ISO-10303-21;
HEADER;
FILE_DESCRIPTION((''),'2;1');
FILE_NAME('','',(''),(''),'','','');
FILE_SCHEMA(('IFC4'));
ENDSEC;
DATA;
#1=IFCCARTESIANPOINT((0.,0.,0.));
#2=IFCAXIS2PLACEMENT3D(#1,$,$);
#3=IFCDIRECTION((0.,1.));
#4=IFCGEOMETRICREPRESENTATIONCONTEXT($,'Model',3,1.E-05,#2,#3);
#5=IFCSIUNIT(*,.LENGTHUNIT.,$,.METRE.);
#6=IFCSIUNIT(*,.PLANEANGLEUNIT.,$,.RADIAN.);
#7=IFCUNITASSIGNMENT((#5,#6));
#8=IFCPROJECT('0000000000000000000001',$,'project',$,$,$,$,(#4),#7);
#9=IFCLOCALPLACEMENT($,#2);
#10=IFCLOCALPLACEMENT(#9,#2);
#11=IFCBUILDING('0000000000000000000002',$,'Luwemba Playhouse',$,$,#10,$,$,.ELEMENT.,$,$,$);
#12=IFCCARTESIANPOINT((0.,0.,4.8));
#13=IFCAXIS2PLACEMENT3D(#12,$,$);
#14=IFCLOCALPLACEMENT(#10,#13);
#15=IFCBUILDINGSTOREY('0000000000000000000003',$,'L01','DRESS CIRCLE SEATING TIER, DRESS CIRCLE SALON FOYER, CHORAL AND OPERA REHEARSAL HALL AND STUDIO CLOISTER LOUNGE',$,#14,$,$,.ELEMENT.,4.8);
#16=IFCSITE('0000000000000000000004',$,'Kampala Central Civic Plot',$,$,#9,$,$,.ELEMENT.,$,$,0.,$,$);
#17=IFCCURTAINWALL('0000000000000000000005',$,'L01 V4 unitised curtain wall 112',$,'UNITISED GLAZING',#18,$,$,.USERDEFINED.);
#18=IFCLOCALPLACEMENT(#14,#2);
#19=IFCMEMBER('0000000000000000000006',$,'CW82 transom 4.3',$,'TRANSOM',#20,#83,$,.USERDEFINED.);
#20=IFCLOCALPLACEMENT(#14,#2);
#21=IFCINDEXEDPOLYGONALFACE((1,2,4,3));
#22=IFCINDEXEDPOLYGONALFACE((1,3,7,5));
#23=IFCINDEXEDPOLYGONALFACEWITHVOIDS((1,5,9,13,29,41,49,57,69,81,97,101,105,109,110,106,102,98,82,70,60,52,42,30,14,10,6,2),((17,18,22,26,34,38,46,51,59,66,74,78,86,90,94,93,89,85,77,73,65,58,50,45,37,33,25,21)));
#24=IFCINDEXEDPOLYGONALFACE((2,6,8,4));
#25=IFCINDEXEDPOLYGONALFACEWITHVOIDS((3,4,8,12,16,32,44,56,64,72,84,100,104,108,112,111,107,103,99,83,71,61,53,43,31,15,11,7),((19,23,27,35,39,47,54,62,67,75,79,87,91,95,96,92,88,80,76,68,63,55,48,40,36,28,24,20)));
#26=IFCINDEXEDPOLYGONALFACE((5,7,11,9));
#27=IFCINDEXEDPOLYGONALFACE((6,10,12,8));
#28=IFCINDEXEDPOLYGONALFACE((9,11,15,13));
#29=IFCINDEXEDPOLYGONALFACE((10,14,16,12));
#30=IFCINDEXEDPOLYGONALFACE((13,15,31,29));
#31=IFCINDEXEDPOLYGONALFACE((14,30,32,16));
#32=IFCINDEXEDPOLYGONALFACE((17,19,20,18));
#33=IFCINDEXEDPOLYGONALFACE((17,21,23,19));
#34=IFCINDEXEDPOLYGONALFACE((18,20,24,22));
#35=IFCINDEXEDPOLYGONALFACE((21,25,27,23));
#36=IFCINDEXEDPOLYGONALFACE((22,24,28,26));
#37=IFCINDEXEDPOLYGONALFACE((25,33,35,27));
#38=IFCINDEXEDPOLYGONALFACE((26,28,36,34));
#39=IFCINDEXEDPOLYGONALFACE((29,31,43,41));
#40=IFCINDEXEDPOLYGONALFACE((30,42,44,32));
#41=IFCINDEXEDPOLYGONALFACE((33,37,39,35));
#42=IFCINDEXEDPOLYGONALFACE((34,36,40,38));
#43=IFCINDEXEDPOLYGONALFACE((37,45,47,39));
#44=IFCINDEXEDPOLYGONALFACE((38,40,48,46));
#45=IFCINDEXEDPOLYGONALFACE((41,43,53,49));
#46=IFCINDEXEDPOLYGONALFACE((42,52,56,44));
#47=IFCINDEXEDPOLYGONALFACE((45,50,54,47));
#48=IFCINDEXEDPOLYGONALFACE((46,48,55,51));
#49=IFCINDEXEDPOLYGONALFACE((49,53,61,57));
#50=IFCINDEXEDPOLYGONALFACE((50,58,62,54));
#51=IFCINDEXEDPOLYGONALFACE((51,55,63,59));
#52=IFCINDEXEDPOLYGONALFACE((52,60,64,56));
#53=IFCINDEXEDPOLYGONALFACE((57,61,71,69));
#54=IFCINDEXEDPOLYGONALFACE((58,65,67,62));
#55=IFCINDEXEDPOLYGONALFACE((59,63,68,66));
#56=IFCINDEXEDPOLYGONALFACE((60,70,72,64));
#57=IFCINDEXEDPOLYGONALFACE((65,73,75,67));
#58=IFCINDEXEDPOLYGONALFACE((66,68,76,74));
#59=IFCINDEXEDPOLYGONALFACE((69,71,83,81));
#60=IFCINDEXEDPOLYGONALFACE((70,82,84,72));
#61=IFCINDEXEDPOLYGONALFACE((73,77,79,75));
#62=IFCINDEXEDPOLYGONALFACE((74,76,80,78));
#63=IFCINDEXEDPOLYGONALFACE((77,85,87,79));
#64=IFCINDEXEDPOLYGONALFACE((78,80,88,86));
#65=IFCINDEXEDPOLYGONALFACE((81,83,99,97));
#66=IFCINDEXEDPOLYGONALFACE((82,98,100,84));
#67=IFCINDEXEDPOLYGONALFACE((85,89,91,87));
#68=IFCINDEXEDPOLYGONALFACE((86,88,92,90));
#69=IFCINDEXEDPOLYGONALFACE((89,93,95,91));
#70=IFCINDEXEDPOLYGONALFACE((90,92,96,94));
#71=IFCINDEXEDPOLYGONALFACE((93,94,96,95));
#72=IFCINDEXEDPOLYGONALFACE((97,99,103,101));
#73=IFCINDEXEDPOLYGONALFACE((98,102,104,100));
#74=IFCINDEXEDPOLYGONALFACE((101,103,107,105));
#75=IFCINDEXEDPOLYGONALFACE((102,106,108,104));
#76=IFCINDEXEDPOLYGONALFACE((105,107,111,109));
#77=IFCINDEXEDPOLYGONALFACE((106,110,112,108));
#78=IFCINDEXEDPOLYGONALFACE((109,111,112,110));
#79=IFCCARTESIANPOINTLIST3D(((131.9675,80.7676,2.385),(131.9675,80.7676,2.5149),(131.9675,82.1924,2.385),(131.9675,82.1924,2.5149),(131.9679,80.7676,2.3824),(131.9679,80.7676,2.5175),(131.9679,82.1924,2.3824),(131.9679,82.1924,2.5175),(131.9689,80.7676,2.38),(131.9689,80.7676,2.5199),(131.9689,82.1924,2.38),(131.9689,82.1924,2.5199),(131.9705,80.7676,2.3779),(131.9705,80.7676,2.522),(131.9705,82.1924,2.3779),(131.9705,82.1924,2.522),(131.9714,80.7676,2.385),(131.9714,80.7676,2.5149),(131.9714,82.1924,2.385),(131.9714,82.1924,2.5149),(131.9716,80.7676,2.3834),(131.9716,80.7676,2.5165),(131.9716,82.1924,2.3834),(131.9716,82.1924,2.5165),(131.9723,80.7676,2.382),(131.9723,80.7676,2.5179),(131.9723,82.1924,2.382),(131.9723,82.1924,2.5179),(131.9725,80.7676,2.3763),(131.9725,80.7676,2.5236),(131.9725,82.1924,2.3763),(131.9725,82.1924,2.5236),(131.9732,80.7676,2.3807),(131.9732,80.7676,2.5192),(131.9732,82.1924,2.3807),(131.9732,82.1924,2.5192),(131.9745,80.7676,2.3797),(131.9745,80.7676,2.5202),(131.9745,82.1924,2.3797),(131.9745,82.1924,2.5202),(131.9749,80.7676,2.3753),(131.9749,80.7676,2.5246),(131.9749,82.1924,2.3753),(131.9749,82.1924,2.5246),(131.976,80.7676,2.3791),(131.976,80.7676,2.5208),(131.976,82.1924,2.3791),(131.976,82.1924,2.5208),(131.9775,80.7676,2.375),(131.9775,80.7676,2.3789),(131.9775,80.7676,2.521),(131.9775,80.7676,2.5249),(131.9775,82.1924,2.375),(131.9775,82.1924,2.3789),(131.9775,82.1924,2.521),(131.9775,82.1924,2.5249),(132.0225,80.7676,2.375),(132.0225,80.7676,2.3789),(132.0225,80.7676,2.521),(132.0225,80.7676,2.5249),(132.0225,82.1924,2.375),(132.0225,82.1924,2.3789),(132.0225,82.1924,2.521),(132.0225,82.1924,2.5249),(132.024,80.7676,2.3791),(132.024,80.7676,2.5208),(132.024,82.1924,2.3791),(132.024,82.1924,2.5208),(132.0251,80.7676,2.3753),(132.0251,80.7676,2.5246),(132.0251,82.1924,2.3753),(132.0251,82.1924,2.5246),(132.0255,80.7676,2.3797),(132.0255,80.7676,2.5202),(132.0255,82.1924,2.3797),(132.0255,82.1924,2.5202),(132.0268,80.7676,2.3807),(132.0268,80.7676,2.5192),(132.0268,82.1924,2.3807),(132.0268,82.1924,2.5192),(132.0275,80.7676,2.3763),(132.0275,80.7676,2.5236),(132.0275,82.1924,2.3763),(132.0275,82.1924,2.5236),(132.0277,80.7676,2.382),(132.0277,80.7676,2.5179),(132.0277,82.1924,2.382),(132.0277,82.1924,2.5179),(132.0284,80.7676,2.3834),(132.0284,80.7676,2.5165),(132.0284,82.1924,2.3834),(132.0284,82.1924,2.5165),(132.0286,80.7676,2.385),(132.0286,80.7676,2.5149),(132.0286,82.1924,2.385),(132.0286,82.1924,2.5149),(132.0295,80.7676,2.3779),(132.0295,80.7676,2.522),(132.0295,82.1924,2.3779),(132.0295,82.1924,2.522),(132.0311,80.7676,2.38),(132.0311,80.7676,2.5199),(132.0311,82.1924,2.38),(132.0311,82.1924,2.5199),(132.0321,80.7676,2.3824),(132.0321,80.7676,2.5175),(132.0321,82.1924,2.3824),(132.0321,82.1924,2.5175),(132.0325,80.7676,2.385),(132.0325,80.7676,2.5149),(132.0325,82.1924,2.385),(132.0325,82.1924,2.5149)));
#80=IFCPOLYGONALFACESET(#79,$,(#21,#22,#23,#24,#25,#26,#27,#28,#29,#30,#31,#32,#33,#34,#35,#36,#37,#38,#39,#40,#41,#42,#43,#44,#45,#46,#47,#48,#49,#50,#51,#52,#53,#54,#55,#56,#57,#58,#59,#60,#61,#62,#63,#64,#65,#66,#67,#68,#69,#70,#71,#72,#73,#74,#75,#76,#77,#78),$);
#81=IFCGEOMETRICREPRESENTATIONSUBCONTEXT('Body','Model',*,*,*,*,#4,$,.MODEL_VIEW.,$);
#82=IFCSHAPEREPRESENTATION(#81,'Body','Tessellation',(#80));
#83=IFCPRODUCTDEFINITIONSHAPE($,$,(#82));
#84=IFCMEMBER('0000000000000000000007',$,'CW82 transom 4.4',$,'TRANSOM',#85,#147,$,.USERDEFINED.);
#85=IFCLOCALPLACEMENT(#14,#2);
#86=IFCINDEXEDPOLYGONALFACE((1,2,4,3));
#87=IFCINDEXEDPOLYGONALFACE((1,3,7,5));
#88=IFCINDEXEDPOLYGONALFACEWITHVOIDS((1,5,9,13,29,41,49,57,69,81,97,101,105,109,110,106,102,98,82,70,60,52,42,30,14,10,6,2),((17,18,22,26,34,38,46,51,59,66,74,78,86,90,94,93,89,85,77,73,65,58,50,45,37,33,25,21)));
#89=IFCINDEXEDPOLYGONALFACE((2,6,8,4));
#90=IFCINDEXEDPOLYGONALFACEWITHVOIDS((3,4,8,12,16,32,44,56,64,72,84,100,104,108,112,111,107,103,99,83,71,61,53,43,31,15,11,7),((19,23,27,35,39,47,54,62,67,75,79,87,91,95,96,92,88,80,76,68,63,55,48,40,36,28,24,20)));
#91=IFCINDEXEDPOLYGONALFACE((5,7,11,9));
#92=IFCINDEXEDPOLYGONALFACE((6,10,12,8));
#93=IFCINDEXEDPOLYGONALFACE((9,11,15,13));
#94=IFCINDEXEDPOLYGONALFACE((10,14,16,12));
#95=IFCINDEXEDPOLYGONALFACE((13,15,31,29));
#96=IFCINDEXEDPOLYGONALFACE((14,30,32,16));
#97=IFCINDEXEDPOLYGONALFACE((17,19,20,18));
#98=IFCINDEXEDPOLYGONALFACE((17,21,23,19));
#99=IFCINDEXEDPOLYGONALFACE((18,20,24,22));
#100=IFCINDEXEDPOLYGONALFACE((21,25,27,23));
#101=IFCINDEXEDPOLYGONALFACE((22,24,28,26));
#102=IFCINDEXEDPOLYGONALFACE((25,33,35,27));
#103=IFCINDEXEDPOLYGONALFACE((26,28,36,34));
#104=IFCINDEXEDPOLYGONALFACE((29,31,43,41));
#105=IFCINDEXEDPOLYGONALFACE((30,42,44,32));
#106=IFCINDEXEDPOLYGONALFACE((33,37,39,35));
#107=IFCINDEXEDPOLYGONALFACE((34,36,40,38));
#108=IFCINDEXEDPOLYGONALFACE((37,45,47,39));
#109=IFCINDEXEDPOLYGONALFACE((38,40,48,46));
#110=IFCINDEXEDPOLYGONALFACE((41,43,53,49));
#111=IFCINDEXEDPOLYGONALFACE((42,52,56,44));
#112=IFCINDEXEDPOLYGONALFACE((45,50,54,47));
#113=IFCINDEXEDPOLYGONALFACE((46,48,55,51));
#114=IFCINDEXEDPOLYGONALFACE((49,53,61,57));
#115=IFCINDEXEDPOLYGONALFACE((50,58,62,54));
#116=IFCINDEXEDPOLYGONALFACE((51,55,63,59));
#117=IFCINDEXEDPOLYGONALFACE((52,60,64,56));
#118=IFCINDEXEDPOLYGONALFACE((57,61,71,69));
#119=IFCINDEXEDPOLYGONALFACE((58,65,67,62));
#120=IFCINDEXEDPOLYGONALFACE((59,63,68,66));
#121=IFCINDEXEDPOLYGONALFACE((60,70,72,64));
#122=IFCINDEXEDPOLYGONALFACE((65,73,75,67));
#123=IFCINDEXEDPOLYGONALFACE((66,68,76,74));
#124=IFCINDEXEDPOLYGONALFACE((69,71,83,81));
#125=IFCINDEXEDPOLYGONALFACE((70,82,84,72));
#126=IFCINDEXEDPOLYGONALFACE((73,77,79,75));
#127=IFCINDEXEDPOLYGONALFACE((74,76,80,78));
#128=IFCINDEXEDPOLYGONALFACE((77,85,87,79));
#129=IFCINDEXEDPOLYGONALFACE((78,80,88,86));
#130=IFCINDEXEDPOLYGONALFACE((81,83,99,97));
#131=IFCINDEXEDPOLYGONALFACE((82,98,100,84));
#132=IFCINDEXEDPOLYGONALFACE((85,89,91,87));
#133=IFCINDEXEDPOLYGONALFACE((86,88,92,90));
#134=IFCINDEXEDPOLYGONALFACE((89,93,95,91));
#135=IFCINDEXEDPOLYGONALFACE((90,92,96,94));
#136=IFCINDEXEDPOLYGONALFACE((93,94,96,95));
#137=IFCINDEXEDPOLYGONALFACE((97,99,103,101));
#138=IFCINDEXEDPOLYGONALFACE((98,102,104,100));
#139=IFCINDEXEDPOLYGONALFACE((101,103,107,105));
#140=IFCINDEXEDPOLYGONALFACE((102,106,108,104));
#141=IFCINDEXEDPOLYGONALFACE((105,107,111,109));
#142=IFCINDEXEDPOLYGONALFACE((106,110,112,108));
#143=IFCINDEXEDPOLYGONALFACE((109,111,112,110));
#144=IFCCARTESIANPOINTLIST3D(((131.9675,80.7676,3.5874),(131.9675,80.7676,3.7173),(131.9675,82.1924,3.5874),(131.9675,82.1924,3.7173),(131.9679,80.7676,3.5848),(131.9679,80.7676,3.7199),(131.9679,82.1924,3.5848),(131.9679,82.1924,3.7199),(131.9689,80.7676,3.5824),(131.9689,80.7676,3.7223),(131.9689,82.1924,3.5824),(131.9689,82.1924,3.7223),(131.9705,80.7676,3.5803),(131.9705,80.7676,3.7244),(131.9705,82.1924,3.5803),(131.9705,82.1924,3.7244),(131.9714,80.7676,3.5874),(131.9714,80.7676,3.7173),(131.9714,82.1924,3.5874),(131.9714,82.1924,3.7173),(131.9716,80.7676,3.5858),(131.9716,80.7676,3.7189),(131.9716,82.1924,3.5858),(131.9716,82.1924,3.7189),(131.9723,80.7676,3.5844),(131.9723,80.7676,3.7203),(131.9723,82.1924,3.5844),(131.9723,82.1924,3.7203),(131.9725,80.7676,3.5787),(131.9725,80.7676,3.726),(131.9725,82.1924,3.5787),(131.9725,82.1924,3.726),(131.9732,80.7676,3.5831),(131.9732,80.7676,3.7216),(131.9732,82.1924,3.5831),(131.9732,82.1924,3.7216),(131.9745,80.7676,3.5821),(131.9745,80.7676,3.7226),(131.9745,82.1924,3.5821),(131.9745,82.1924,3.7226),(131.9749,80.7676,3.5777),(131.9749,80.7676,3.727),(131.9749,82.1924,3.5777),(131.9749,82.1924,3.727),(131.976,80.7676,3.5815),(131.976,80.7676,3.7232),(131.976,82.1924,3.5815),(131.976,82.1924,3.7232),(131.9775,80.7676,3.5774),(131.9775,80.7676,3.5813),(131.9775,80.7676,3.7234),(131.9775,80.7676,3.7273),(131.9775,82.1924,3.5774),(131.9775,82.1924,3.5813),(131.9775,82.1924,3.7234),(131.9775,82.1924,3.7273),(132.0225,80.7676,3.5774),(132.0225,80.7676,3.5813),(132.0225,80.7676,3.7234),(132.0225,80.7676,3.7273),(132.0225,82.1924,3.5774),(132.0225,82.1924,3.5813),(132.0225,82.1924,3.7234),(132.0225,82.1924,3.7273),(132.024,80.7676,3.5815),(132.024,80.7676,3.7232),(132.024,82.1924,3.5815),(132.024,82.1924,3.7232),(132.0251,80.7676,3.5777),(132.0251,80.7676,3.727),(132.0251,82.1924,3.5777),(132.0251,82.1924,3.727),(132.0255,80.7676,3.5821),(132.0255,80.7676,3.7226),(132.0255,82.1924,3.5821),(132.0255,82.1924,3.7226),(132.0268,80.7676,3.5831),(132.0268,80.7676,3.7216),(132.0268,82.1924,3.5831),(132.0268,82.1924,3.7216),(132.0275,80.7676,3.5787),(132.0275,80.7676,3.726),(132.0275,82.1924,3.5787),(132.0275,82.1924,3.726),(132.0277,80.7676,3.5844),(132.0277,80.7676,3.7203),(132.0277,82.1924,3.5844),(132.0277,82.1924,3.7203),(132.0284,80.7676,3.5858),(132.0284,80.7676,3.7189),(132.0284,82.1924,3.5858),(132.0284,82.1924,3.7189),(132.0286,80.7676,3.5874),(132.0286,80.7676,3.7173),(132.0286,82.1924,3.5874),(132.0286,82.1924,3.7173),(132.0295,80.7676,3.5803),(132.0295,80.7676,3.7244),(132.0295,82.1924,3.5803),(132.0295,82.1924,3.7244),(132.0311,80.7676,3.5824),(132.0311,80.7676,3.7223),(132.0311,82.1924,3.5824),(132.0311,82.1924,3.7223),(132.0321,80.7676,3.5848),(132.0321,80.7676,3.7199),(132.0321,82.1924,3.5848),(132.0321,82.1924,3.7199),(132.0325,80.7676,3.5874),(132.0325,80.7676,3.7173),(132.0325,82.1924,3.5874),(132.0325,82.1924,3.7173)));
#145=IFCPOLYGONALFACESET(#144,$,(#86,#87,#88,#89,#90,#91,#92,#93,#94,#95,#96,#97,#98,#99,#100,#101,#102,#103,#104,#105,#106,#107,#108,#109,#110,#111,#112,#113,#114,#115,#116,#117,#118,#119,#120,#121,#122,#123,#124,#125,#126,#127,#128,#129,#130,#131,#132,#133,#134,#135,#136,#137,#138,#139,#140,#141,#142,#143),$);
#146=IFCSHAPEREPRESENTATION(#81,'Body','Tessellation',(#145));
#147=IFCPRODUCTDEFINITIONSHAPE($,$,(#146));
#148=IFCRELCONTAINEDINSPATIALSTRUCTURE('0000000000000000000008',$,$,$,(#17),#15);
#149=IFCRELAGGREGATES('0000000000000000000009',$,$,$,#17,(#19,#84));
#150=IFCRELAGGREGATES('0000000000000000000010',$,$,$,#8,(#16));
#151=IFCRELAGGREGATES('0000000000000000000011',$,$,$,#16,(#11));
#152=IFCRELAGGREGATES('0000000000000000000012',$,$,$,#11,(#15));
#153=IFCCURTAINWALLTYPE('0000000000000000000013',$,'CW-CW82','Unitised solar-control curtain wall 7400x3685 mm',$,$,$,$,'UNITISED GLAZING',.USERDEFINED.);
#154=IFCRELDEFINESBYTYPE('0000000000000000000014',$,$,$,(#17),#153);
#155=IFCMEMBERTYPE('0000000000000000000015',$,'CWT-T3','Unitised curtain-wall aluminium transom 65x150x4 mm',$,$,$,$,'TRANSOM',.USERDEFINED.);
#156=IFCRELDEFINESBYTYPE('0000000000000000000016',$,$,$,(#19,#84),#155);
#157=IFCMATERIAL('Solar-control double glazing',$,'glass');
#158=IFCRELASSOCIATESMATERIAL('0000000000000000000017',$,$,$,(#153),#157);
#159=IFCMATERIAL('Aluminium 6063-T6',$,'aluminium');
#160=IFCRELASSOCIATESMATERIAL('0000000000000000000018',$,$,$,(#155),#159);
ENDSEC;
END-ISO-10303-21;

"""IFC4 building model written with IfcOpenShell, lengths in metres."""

from ifc_helpers import new_model, si_unit, direction, frame, origin, origin_2d, place, context, subcontext, project, spatial, hollow_rectangle, extrude, material, material_profile, profile_set, type_object, element, aggregate, save


model = new_model("IFC4")

# Units and contexts
model_context = context("Model", 3, precision=1e-05, world=origin(), true_north=direction((0.0, 1.0)))
body_context = subcontext(model_context, "Body", "Model", "MODEL_VIEW")
ifc_project = project(units=[si_unit("LENGTHUNIT", "METRE"), si_unit("PLANEANGLEUNIT", "RADIAN")], contexts=[model_context])

# Site, building, storey
site_placement = place(None, origin())
site = spatial("IfcSite", under=ifc_project, at=site_placement, Name="Kampala Central Civic Plot", CompositionType="ELEMENT", RefElevation=0.0)
building_placement = place(site_placement, origin())
building = spatial("IfcBuilding", under=site, at=building_placement, Name="Luwemba Playhouse", CompositionType="ELEMENT")
storey_placement = place(building_placement, frame((0.0, 0.0, 4.8)))
storey = spatial("IfcBuildingStorey", under=building, at=storey_placement, Name="L01", Description="DRESS CIRCLE SEATING TIER, DRESS CIRCLE SALON FOYER, CHORAL AND OPERA REHEARSAL HALL AND STUDIO CLOISTER LOUNGE", CompositionType="ELEMENT", Elevation=4.8)

# Curtain wall, members
ifc_material_1 = material(Name="Solar-control double glazing", Category="glass")
curtain_wall_type = type_object("IfcCurtainWallType", Name="CW-CW82", Description="Unitised solar-control curtain wall 7400x3685 mm", ElementType="UNITISED GLAZING", PredefinedType="USERDEFINED", material=ifc_material_1)
curtain_wall_placement = place(storey_placement, origin())
curtain_wall = element("IfcCurtainWall", 1, at=curtain_wall_placement, inside=storey, type_object=curtain_wall_type, Name="L01 V4 unitised curtain wall 112", ObjectType="UNITISED GLAZING", PredefinedType="USERDEFINED")
ifc_material_2 = material(Name="Aluminium 6063-T6", Category="aluminium")
ifc_material_profile_1 = material_profile(ifc_material_2, hollow_rectangle(XDim=0.0649, YDim=0.1499, WallThickness=0.0039, InnerFilletRadius=0.0061, OuterFilletRadius=0.01, at=origin_2d()))
ifc_profile_set_1 = profile_set([ifc_material_profile_1], Name="Aluminium 6063-T6")
member_type_1 = type_object("IfcMemberType", Name="CWT-T3", Description="Unitised curtain-wall aluminium transom 65x150x4 mm", ElementType="TRANSOM", PredefinedType="USERDEFINED", material=ifc_profile_set_1)
member_1_placement = place(storey_placement, frame((132.0, 80.7676, 2.45), z_axis=(0.0, 1.0, 0.0), x_axis=(-1.0, 0.0, 0.0)))
member_1 = element("IfcMember", 2, at=member_1_placement, type_object=member_type_1, Name="CW82 transom 4.3", ObjectType="TRANSOM", PredefinedType="USERDEFINED", context=body_context, shape_type="SweptSolid", body=[
    extrude(hollow_rectangle(XDim=0.0649, YDim=0.1499, WallThickness=0.0039, InnerFilletRadius=0.0061, OuterFilletRadius=0.01, at=origin_2d()), origin(), (0.0, 0.0, 1.0), 1.4248),
])
member_2_placement = place(storey_placement, frame((132.0, 80.7676, 3.6523), z_axis=(0.0, 1.0, 0.0), x_axis=(-1.0, 0.0, 0.0)))
member_2 = element("IfcMember", 3, at=member_2_placement, type_object=member_type_1, Name="CW82 transom 4.4", ObjectType="TRANSOM", PredefinedType="USERDEFINED", context=body_context, shape_type="SweptSolid", body=[
    extrude(hollow_rectangle(XDim=0.0649, YDim=0.1499, WallThickness=0.0039, InnerFilletRadius=0.0061, OuterFilletRadius=0.01, at=origin_2d()), origin(), (0.0, 0.0, 1.0), 1.4248),
])
aggregate(curtain_wall, [member_1, member_2])

save(model, "model.ifc")
